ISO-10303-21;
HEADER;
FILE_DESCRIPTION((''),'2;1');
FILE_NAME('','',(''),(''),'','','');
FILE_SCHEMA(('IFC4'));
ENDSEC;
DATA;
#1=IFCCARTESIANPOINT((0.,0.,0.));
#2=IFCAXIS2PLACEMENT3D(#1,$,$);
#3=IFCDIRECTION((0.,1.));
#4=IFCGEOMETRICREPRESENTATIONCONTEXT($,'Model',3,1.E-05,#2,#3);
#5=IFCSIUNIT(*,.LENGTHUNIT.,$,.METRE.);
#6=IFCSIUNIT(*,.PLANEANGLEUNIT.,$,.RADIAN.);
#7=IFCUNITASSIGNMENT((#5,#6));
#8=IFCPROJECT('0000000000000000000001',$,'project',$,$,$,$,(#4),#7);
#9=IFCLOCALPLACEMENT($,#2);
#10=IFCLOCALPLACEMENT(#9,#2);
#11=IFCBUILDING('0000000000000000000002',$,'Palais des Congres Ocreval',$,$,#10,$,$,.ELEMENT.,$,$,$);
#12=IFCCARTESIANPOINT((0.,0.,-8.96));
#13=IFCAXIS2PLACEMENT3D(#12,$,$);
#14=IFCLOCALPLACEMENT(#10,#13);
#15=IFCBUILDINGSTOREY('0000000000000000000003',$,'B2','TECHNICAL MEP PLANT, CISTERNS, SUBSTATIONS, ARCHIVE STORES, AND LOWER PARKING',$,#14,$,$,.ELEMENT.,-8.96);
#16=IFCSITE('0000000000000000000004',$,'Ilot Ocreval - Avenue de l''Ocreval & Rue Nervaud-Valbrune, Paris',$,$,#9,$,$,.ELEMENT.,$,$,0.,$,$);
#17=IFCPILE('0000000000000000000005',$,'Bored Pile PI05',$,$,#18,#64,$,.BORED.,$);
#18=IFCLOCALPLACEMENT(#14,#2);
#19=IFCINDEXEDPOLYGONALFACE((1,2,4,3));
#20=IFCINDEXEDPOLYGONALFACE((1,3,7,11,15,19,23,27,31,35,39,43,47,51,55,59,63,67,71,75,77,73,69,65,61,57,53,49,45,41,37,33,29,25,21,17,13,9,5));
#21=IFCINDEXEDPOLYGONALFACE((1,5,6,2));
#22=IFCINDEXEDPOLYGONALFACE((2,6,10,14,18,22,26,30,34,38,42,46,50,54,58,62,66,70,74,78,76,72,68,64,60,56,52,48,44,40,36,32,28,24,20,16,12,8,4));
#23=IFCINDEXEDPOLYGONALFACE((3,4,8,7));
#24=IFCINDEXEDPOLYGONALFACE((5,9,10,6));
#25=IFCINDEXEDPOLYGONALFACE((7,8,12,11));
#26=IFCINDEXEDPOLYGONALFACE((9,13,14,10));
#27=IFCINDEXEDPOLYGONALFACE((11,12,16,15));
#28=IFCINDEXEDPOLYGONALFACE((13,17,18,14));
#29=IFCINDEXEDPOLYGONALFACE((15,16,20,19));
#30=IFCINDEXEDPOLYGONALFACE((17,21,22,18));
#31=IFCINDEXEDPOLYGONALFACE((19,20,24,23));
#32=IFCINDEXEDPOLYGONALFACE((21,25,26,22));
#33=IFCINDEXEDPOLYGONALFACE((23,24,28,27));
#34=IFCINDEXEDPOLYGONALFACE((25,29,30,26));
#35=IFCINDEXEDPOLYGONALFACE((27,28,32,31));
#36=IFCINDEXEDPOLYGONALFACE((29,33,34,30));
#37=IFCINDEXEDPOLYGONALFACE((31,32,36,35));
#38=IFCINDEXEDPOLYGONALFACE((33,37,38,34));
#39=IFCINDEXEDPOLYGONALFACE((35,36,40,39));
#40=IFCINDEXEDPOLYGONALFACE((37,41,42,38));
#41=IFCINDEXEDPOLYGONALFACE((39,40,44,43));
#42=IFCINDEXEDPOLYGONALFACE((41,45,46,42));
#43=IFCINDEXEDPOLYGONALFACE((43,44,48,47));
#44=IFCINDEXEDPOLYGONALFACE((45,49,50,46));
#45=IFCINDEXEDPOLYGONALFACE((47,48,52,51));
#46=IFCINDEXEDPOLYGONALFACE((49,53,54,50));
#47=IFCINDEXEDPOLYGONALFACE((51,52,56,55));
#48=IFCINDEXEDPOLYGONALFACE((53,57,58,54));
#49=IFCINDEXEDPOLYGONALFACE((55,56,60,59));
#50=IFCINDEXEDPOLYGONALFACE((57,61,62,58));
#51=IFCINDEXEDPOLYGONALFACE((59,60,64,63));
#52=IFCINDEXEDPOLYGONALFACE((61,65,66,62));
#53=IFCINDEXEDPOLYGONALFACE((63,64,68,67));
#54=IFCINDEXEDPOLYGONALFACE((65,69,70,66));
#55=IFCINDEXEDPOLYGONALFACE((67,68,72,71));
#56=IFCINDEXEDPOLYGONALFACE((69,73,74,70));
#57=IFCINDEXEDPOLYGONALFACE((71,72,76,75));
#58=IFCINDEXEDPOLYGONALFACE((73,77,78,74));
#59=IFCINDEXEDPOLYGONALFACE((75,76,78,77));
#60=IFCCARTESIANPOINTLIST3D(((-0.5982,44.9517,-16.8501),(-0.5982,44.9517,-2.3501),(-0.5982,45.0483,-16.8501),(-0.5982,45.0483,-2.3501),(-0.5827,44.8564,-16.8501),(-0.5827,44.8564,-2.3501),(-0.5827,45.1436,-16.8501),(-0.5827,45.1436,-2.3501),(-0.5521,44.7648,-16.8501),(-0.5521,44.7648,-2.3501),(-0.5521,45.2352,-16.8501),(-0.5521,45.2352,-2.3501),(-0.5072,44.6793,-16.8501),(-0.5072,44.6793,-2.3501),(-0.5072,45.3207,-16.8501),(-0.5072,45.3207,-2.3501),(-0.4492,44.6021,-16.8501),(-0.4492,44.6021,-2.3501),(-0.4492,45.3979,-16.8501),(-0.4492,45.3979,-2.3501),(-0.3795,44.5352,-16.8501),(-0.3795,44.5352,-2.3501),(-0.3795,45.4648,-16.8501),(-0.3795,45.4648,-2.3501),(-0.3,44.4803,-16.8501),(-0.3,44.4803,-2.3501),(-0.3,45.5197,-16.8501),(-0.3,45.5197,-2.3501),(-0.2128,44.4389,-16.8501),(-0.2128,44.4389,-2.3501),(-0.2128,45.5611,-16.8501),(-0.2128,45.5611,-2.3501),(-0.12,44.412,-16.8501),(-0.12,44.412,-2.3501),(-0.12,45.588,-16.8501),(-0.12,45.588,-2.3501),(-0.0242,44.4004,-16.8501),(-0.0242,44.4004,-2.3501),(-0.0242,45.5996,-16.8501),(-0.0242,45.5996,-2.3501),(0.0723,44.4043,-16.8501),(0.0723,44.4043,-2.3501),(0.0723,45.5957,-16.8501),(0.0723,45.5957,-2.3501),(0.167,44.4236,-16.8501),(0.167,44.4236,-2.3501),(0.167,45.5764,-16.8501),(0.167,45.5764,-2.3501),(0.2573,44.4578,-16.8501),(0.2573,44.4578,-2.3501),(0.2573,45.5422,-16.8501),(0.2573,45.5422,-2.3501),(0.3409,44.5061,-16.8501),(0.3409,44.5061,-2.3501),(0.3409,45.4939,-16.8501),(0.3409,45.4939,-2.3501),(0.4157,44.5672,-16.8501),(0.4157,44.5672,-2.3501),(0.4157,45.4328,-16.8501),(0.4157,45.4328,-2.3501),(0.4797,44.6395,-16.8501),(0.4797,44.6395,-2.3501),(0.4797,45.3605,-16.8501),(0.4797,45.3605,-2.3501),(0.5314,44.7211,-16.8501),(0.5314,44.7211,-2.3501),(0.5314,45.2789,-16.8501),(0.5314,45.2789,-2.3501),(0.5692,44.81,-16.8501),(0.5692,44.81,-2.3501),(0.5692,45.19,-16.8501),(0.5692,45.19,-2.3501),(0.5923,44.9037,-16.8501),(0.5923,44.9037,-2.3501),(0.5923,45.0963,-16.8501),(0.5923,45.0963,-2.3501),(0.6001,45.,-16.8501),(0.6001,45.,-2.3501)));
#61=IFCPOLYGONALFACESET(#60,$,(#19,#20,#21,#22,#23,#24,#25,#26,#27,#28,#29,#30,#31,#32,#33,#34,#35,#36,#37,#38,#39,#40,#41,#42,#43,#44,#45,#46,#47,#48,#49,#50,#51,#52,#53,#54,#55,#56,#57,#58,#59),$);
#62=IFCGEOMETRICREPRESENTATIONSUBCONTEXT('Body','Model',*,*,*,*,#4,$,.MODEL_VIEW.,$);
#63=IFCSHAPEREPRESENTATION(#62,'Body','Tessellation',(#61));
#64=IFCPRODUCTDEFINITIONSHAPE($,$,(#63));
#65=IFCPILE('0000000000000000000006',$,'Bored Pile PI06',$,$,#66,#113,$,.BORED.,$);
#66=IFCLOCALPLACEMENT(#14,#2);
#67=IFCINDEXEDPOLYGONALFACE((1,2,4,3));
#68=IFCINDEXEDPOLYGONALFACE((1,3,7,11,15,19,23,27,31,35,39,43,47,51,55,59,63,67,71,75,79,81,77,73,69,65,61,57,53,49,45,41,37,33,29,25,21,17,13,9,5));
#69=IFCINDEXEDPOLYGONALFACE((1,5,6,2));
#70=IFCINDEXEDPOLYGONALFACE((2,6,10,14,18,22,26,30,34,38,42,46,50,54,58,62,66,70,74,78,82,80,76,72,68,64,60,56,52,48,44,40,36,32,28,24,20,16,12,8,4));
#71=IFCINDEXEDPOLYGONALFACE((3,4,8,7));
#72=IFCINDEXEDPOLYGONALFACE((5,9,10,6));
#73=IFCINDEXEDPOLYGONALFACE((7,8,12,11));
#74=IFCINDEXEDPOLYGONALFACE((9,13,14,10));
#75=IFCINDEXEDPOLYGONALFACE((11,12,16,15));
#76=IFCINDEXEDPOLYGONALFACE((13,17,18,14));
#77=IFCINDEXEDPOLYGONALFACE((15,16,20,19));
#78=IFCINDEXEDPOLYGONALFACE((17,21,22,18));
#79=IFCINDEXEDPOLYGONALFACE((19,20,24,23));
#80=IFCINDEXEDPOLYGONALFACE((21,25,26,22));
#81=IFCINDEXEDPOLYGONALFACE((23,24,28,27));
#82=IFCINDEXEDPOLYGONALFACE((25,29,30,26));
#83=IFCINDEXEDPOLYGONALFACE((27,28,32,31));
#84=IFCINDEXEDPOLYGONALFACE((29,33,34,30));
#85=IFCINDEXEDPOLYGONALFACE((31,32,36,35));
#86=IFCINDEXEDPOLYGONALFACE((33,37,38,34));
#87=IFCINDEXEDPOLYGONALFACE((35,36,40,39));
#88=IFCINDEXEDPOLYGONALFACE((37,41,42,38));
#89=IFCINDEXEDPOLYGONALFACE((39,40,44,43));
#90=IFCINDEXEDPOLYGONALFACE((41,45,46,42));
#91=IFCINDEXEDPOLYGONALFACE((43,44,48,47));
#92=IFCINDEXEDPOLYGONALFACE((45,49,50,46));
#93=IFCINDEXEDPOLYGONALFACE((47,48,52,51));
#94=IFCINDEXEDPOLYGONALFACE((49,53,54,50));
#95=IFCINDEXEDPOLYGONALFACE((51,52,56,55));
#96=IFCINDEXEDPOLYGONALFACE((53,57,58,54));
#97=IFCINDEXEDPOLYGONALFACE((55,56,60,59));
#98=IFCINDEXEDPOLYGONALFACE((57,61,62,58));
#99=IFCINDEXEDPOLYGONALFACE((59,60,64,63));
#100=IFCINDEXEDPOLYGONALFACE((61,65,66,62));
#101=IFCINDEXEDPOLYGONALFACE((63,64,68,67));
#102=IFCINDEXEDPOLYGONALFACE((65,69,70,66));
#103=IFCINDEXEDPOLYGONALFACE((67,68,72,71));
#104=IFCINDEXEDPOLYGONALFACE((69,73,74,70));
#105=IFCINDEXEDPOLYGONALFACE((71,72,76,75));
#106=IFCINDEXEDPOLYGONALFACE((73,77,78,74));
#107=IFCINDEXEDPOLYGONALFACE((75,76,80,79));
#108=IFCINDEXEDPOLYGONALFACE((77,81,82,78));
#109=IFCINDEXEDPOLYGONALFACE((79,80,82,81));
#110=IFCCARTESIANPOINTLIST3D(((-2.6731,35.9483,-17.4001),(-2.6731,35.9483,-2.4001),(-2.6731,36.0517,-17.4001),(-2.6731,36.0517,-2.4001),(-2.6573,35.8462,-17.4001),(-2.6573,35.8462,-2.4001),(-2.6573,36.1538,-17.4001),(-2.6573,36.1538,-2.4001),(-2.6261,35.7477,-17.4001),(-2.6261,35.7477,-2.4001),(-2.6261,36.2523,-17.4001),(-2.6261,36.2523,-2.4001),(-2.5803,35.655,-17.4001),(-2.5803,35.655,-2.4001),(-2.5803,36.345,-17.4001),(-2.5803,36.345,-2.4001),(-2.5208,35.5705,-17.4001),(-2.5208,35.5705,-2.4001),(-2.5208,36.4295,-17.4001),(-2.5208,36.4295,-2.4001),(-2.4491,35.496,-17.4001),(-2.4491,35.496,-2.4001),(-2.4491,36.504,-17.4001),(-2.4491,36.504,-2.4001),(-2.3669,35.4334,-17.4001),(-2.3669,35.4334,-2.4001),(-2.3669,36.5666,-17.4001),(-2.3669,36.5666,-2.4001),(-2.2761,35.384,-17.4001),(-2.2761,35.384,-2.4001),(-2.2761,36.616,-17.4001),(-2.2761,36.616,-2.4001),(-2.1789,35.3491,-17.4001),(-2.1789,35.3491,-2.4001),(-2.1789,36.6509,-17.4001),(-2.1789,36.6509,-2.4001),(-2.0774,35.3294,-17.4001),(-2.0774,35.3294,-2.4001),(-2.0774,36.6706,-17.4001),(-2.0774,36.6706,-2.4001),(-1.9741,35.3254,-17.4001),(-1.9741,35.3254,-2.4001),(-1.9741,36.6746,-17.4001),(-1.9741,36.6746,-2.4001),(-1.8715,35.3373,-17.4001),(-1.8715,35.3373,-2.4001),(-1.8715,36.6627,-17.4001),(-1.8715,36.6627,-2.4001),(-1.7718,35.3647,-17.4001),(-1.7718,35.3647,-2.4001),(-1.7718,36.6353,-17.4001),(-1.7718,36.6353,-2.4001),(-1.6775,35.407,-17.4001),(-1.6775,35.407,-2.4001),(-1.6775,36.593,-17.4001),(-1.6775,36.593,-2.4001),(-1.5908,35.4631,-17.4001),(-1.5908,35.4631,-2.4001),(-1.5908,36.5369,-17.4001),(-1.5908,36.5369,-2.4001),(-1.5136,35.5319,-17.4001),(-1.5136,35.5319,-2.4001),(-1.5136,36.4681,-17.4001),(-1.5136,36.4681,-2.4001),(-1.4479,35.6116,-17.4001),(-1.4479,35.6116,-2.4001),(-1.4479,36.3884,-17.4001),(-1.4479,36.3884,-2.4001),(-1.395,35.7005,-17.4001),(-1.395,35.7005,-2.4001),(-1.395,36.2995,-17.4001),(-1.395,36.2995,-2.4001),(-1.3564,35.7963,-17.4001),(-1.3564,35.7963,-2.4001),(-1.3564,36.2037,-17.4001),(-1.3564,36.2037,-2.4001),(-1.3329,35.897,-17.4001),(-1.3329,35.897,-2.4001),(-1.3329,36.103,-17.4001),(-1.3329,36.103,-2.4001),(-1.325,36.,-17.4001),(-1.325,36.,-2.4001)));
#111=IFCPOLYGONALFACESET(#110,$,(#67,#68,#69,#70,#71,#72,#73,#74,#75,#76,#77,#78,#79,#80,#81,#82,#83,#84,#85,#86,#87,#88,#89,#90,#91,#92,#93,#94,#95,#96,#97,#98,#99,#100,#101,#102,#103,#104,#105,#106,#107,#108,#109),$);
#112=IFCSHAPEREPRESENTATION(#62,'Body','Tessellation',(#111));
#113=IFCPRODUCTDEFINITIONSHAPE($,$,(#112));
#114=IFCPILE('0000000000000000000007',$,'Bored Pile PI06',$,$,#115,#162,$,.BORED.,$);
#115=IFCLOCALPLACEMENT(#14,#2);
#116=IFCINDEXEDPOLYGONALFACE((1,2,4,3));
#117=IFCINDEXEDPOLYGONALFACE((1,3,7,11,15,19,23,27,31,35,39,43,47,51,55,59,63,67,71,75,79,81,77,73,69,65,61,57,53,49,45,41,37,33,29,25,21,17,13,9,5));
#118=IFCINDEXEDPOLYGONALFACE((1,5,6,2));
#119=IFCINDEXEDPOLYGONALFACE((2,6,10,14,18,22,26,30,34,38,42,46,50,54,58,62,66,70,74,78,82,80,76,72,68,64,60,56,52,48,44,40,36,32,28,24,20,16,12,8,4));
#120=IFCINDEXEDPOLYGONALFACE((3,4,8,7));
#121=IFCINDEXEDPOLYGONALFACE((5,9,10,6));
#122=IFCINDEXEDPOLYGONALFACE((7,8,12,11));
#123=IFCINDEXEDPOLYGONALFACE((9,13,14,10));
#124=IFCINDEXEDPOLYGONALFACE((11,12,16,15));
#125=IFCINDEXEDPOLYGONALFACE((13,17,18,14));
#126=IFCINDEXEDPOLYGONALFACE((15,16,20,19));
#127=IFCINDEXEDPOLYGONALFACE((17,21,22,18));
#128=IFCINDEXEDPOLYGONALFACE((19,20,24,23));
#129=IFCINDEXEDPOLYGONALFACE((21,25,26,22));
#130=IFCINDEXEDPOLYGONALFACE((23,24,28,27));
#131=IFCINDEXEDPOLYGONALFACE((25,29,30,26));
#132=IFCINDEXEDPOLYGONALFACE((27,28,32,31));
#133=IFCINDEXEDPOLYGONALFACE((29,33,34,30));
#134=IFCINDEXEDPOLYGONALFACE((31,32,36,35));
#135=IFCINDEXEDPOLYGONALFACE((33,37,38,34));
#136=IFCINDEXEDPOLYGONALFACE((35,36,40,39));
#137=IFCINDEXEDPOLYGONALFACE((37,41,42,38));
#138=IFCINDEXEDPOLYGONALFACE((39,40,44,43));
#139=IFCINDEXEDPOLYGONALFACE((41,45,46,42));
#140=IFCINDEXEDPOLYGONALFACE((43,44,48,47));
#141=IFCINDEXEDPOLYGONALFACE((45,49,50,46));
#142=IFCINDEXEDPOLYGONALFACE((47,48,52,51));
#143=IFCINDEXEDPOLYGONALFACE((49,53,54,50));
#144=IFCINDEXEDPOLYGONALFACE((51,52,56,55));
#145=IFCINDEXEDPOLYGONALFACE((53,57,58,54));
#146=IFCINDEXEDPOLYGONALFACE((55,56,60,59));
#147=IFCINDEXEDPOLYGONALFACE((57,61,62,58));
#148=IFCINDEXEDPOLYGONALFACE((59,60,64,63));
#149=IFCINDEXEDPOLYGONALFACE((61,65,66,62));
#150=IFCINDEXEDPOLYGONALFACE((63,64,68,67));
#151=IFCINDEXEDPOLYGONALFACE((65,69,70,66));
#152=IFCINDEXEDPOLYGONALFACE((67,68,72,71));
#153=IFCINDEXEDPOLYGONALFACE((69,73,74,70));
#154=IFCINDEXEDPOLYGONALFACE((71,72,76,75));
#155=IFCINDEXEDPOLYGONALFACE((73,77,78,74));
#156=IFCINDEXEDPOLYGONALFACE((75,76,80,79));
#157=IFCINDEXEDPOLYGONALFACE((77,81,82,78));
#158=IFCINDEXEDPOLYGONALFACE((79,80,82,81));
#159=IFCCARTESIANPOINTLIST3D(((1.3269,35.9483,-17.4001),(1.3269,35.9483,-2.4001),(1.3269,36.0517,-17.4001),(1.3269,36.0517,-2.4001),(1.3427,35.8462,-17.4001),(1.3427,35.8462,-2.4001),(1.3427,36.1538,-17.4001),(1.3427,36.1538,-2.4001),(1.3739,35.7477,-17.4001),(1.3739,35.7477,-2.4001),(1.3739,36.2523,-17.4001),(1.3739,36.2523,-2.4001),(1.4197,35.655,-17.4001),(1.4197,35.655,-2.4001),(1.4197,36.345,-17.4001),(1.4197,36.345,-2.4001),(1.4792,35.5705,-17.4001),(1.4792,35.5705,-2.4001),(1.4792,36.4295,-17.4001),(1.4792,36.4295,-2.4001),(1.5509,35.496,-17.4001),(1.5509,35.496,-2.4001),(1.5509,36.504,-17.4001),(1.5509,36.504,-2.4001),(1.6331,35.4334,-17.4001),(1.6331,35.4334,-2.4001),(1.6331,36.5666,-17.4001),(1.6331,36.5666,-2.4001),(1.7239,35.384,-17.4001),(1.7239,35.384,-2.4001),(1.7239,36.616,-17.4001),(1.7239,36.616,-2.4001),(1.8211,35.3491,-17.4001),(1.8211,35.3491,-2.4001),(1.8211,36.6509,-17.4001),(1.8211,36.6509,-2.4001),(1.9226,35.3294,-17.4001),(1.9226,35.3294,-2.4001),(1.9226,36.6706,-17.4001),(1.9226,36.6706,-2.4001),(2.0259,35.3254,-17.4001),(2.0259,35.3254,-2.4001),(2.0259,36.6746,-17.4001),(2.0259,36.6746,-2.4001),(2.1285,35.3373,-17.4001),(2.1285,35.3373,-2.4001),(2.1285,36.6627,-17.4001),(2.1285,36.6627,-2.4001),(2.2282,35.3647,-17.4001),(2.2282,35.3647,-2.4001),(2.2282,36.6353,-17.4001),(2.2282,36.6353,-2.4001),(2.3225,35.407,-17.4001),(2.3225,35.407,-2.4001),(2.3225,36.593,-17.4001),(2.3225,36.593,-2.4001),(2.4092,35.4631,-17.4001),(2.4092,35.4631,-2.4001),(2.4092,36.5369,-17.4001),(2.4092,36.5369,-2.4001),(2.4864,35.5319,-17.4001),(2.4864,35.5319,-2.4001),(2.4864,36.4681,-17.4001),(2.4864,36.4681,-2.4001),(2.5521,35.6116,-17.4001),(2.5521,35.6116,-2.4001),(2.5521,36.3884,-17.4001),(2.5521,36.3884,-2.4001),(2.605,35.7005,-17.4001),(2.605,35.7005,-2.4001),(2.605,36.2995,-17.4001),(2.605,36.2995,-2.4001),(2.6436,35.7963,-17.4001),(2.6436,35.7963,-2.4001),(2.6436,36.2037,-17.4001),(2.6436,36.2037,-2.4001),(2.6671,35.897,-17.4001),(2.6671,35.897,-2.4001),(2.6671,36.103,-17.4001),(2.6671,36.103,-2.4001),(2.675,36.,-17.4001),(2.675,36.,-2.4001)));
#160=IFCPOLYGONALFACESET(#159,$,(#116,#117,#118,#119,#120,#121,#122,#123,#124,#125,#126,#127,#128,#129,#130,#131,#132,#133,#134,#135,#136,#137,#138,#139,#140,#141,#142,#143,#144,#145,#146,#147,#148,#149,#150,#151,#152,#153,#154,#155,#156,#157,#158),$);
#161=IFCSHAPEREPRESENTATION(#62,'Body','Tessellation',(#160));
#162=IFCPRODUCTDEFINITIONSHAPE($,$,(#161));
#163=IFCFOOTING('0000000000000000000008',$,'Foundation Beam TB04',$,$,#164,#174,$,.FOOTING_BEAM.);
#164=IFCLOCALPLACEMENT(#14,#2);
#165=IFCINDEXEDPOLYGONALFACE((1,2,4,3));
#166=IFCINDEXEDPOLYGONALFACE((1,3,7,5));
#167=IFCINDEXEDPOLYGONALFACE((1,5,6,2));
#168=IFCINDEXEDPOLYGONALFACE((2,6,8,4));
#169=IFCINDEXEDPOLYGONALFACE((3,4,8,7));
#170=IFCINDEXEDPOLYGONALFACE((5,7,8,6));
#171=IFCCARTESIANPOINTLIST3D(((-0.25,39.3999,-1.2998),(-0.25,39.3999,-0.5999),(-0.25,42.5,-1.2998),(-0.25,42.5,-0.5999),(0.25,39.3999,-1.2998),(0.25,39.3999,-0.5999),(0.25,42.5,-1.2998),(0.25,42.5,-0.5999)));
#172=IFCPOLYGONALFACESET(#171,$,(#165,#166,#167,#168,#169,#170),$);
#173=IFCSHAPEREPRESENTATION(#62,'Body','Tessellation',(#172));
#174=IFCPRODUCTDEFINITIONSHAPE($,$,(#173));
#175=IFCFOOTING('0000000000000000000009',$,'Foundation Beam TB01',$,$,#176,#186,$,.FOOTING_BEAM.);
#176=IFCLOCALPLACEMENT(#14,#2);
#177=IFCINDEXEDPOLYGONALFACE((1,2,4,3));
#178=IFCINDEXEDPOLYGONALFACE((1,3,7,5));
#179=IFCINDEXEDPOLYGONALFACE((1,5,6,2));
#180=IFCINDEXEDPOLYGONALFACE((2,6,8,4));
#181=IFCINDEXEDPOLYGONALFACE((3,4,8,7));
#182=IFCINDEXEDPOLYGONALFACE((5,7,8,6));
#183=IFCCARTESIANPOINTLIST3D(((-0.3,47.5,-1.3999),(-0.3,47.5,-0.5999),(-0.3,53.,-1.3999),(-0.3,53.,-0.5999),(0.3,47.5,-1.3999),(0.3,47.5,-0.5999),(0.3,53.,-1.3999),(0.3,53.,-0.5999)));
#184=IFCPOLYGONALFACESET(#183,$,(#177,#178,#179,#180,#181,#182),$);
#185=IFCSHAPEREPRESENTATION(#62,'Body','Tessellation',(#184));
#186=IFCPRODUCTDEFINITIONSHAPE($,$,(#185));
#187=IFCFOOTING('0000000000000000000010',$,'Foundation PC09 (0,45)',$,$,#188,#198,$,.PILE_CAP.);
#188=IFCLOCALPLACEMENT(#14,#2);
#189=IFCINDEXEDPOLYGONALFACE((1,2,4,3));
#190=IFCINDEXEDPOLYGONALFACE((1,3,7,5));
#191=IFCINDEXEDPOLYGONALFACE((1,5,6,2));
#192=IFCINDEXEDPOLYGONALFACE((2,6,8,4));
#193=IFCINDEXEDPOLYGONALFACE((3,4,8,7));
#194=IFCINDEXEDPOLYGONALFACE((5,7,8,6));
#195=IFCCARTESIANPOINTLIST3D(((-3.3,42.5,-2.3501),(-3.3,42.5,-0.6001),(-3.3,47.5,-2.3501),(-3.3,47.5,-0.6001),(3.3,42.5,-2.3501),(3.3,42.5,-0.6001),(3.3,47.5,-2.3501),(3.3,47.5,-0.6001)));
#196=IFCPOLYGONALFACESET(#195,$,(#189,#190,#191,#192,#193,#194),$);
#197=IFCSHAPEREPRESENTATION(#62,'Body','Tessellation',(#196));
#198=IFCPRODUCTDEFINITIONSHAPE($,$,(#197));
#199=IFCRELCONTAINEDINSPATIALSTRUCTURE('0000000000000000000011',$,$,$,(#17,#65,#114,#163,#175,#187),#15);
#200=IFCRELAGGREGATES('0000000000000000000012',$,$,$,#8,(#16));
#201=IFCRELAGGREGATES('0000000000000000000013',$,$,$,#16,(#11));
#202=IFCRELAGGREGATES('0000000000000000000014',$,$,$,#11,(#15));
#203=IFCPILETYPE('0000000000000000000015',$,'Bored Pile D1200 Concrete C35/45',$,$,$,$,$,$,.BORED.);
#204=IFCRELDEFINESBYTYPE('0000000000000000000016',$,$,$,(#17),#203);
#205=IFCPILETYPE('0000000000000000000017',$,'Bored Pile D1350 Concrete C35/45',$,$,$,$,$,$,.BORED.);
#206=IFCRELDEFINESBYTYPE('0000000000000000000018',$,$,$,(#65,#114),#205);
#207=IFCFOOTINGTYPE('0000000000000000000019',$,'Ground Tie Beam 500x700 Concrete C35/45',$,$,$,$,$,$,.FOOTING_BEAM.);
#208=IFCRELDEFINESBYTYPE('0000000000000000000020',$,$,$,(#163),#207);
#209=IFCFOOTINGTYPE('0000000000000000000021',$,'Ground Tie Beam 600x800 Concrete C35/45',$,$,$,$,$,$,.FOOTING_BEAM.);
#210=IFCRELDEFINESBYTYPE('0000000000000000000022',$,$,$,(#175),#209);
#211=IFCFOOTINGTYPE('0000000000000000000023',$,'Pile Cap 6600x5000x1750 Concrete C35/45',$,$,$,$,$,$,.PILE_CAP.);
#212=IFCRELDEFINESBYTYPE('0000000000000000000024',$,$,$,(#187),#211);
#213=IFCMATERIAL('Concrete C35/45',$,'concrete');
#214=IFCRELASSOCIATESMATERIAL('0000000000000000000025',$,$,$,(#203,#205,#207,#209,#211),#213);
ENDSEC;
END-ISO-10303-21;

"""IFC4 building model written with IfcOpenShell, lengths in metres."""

from ifc_helpers import new_model, si_unit, direction, frame, origin, origin_2d, place, context, subcontext, project, spatial, rectangle, circle, extrude, material, material_profile, profile_set, type_object, element, save


model = new_model("IFC4")

# Units and contexts
model_context = context("Model", 3, precision=1e-05, world=origin(), true_north=direction((0.0, 1.0)))
body_context = subcontext(model_context, "Body", "Model", "MODEL_VIEW")
ifc_project = project(units=[si_unit("LENGTHUNIT", "METRE"), si_unit("PLANEANGLEUNIT", "RADIAN")], contexts=[model_context])

# Site, building, storey
site_placement = place(None, origin())
site = spatial("IfcSite", under=ifc_project, at=site_placement, Name="Ilot Ocreval - Avenue de l'Ocreval & Rue Nervaud-Valbrune, Paris", CompositionType="ELEMENT", RefElevation=0.0)
building_placement = place(site_placement, origin())
building = spatial("IfcBuilding", under=site, at=building_placement, Name="Palais des Congres Ocreval", CompositionType="ELEMENT")
storey_placement = place(building_placement, frame((0.0, 0.0, -8.96)))
storey = spatial("IfcBuildingStorey", under=building, at=storey_placement, Name="B2", Description="TECHNICAL MEP PLANT, CISTERNS, SUBSTATIONS, ARCHIVE STORES, AND LOWER PARKING", CompositionType="ELEMENT", Elevation=-8.96)

# Piles
ifc_material_1 = material(Name="Concrete C35/45", Category="concrete")
ifc_material_profile_1 = material_profile(ifc_material_1, circle(Radius=0.6001, at=origin_2d()), Name="BORED PILE 1200")
ifc_profile_set_1 = profile_set([ifc_material_profile_1], Name="Concrete C35/45")
pile_type_1 = type_object("IfcPileType", Name="Bored Pile D1200 Concrete C35/45", PredefinedType="BORED", material=ifc_profile_set_1)
pile_placement = place(storey_placement, frame((0.0, 45.0, -2.3501), z_axis=(0.0, 0.0, -1.0), x_axis=(1.0, 0.0, 0.0)))
element("IfcPile", 1, at=pile_placement, inside=storey, type_object=pile_type_1, Name="Bored Pile PI05", PredefinedType="BORED", context=body_context, shape_type="SweptSolid", body=[
    extrude(circle(Radius=0.6001, at=origin_2d()), origin(), (0.0, 0.0, 1.0), 14.5),
])
ifc_material_profile_2 = material_profile(ifc_material_1, circle(Radius=0.675, at=origin_2d()), Name="BORED PILE 1350")
ifc_profile_set_2 = profile_set([ifc_material_profile_2], Name="Concrete C35/45")
pile_type_2 = type_object("IfcPileType", Name="Bored Pile D1350 Concrete C35/45", PredefinedType="BORED", material=ifc_profile_set_2)
for number, where, z_axis, x_axis, name in (
    (2, (-2.0, 36.0, -2.4001), (0.0, 0.0, -1.0), (1.0, 0.0, 0.0), "Bored Pile PI06"),
    (3, (2.0, 36.0, -2.4001), (0.0, 0.0, -1.0), (1.0, 0.0, 0.0), "Bored Pile PI06"),
):
    element("IfcPile", number, at=place(storey_placement, frame(where, z_axis=z_axis, x_axis=x_axis)), inside=storey, type_object=pile_type_2, Name=name, PredefinedType="BORED", context=body_context, shape_type="SweptSolid", body=[
        extrude(circle(Radius=0.675, at=origin_2d()), origin(), (0.0, 0.0, 1.0), 15.0),
    ])

# Footings
footing_type_1 = type_object("IfcFootingType", Name="Ground Tie Beam 500x700 Concrete C35/45", PredefinedType="FOOTING_BEAM", material=ifc_material_1)
footing_1_placement = place(storey_placement, frame((0.0, 40.95, -1.2998), z_axis=(0.0, 0.0, 1.0), x_axis=(0.0, 1.0, 0.0)))
element("IfcFooting", 4, at=footing_1_placement, inside=storey, type_object=footing_type_1, Name="Foundation Beam TB04", PredefinedType="FOOTING_BEAM", context=body_context, shape_type="SweptSolid", body=[
    extrude(rectangle(XDim=3.1001, YDim=0.5, at=origin_2d()), origin(), (0.0, 0.0, 1.0), 0.7),
])
footing_type_2 = type_object("IfcFootingType", Name="Ground Tie Beam 600x800 Concrete C35/45", PredefinedType="FOOTING_BEAM", material=ifc_material_1)
footing_2_placement = place(storey_placement, frame((0.0, 50.25, -1.3999), z_axis=(0.0, 0.0, 1.0), x_axis=(0.0, 1.0, 0.0)))
element("IfcFooting", 5, at=footing_2_placement, inside=storey, type_object=footing_type_2, Name="Foundation Beam TB01", PredefinedType="FOOTING_BEAM", context=body_context, shape_type="SweptSolid", body=[
    extrude(rectangle(XDim=5.5, YDim=0.6001, at=origin_2d()), origin(), (0.0, 0.0, 1.0), 0.8),
])
footing_type_3 = type_object("IfcFootingType", Name="Pile Cap 6600x5000x1750 Concrete C35/45", PredefinedType="PILE_CAP", material=ifc_material_1)
footing_3_placement = place(storey_placement, frame((0.0, 45.0, -2.3501), z_axis=(0.0, 0.0, 1.0), x_axis=(1.0, 0.0, 0.0)))
element("IfcFooting", 6, at=footing_3_placement, inside=storey, type_object=footing_type_3, Name="Foundation PC09 (0,45)", PredefinedType="PILE_CAP", context=body_context, shape_type="SweptSolid", body=[
    extrude(rectangle(XDim=6.6001, YDim=5.0, at=origin_2d()), origin(), (0.0, 0.0, 1.0), 1.75),
])

save(model, "model.ifc")
